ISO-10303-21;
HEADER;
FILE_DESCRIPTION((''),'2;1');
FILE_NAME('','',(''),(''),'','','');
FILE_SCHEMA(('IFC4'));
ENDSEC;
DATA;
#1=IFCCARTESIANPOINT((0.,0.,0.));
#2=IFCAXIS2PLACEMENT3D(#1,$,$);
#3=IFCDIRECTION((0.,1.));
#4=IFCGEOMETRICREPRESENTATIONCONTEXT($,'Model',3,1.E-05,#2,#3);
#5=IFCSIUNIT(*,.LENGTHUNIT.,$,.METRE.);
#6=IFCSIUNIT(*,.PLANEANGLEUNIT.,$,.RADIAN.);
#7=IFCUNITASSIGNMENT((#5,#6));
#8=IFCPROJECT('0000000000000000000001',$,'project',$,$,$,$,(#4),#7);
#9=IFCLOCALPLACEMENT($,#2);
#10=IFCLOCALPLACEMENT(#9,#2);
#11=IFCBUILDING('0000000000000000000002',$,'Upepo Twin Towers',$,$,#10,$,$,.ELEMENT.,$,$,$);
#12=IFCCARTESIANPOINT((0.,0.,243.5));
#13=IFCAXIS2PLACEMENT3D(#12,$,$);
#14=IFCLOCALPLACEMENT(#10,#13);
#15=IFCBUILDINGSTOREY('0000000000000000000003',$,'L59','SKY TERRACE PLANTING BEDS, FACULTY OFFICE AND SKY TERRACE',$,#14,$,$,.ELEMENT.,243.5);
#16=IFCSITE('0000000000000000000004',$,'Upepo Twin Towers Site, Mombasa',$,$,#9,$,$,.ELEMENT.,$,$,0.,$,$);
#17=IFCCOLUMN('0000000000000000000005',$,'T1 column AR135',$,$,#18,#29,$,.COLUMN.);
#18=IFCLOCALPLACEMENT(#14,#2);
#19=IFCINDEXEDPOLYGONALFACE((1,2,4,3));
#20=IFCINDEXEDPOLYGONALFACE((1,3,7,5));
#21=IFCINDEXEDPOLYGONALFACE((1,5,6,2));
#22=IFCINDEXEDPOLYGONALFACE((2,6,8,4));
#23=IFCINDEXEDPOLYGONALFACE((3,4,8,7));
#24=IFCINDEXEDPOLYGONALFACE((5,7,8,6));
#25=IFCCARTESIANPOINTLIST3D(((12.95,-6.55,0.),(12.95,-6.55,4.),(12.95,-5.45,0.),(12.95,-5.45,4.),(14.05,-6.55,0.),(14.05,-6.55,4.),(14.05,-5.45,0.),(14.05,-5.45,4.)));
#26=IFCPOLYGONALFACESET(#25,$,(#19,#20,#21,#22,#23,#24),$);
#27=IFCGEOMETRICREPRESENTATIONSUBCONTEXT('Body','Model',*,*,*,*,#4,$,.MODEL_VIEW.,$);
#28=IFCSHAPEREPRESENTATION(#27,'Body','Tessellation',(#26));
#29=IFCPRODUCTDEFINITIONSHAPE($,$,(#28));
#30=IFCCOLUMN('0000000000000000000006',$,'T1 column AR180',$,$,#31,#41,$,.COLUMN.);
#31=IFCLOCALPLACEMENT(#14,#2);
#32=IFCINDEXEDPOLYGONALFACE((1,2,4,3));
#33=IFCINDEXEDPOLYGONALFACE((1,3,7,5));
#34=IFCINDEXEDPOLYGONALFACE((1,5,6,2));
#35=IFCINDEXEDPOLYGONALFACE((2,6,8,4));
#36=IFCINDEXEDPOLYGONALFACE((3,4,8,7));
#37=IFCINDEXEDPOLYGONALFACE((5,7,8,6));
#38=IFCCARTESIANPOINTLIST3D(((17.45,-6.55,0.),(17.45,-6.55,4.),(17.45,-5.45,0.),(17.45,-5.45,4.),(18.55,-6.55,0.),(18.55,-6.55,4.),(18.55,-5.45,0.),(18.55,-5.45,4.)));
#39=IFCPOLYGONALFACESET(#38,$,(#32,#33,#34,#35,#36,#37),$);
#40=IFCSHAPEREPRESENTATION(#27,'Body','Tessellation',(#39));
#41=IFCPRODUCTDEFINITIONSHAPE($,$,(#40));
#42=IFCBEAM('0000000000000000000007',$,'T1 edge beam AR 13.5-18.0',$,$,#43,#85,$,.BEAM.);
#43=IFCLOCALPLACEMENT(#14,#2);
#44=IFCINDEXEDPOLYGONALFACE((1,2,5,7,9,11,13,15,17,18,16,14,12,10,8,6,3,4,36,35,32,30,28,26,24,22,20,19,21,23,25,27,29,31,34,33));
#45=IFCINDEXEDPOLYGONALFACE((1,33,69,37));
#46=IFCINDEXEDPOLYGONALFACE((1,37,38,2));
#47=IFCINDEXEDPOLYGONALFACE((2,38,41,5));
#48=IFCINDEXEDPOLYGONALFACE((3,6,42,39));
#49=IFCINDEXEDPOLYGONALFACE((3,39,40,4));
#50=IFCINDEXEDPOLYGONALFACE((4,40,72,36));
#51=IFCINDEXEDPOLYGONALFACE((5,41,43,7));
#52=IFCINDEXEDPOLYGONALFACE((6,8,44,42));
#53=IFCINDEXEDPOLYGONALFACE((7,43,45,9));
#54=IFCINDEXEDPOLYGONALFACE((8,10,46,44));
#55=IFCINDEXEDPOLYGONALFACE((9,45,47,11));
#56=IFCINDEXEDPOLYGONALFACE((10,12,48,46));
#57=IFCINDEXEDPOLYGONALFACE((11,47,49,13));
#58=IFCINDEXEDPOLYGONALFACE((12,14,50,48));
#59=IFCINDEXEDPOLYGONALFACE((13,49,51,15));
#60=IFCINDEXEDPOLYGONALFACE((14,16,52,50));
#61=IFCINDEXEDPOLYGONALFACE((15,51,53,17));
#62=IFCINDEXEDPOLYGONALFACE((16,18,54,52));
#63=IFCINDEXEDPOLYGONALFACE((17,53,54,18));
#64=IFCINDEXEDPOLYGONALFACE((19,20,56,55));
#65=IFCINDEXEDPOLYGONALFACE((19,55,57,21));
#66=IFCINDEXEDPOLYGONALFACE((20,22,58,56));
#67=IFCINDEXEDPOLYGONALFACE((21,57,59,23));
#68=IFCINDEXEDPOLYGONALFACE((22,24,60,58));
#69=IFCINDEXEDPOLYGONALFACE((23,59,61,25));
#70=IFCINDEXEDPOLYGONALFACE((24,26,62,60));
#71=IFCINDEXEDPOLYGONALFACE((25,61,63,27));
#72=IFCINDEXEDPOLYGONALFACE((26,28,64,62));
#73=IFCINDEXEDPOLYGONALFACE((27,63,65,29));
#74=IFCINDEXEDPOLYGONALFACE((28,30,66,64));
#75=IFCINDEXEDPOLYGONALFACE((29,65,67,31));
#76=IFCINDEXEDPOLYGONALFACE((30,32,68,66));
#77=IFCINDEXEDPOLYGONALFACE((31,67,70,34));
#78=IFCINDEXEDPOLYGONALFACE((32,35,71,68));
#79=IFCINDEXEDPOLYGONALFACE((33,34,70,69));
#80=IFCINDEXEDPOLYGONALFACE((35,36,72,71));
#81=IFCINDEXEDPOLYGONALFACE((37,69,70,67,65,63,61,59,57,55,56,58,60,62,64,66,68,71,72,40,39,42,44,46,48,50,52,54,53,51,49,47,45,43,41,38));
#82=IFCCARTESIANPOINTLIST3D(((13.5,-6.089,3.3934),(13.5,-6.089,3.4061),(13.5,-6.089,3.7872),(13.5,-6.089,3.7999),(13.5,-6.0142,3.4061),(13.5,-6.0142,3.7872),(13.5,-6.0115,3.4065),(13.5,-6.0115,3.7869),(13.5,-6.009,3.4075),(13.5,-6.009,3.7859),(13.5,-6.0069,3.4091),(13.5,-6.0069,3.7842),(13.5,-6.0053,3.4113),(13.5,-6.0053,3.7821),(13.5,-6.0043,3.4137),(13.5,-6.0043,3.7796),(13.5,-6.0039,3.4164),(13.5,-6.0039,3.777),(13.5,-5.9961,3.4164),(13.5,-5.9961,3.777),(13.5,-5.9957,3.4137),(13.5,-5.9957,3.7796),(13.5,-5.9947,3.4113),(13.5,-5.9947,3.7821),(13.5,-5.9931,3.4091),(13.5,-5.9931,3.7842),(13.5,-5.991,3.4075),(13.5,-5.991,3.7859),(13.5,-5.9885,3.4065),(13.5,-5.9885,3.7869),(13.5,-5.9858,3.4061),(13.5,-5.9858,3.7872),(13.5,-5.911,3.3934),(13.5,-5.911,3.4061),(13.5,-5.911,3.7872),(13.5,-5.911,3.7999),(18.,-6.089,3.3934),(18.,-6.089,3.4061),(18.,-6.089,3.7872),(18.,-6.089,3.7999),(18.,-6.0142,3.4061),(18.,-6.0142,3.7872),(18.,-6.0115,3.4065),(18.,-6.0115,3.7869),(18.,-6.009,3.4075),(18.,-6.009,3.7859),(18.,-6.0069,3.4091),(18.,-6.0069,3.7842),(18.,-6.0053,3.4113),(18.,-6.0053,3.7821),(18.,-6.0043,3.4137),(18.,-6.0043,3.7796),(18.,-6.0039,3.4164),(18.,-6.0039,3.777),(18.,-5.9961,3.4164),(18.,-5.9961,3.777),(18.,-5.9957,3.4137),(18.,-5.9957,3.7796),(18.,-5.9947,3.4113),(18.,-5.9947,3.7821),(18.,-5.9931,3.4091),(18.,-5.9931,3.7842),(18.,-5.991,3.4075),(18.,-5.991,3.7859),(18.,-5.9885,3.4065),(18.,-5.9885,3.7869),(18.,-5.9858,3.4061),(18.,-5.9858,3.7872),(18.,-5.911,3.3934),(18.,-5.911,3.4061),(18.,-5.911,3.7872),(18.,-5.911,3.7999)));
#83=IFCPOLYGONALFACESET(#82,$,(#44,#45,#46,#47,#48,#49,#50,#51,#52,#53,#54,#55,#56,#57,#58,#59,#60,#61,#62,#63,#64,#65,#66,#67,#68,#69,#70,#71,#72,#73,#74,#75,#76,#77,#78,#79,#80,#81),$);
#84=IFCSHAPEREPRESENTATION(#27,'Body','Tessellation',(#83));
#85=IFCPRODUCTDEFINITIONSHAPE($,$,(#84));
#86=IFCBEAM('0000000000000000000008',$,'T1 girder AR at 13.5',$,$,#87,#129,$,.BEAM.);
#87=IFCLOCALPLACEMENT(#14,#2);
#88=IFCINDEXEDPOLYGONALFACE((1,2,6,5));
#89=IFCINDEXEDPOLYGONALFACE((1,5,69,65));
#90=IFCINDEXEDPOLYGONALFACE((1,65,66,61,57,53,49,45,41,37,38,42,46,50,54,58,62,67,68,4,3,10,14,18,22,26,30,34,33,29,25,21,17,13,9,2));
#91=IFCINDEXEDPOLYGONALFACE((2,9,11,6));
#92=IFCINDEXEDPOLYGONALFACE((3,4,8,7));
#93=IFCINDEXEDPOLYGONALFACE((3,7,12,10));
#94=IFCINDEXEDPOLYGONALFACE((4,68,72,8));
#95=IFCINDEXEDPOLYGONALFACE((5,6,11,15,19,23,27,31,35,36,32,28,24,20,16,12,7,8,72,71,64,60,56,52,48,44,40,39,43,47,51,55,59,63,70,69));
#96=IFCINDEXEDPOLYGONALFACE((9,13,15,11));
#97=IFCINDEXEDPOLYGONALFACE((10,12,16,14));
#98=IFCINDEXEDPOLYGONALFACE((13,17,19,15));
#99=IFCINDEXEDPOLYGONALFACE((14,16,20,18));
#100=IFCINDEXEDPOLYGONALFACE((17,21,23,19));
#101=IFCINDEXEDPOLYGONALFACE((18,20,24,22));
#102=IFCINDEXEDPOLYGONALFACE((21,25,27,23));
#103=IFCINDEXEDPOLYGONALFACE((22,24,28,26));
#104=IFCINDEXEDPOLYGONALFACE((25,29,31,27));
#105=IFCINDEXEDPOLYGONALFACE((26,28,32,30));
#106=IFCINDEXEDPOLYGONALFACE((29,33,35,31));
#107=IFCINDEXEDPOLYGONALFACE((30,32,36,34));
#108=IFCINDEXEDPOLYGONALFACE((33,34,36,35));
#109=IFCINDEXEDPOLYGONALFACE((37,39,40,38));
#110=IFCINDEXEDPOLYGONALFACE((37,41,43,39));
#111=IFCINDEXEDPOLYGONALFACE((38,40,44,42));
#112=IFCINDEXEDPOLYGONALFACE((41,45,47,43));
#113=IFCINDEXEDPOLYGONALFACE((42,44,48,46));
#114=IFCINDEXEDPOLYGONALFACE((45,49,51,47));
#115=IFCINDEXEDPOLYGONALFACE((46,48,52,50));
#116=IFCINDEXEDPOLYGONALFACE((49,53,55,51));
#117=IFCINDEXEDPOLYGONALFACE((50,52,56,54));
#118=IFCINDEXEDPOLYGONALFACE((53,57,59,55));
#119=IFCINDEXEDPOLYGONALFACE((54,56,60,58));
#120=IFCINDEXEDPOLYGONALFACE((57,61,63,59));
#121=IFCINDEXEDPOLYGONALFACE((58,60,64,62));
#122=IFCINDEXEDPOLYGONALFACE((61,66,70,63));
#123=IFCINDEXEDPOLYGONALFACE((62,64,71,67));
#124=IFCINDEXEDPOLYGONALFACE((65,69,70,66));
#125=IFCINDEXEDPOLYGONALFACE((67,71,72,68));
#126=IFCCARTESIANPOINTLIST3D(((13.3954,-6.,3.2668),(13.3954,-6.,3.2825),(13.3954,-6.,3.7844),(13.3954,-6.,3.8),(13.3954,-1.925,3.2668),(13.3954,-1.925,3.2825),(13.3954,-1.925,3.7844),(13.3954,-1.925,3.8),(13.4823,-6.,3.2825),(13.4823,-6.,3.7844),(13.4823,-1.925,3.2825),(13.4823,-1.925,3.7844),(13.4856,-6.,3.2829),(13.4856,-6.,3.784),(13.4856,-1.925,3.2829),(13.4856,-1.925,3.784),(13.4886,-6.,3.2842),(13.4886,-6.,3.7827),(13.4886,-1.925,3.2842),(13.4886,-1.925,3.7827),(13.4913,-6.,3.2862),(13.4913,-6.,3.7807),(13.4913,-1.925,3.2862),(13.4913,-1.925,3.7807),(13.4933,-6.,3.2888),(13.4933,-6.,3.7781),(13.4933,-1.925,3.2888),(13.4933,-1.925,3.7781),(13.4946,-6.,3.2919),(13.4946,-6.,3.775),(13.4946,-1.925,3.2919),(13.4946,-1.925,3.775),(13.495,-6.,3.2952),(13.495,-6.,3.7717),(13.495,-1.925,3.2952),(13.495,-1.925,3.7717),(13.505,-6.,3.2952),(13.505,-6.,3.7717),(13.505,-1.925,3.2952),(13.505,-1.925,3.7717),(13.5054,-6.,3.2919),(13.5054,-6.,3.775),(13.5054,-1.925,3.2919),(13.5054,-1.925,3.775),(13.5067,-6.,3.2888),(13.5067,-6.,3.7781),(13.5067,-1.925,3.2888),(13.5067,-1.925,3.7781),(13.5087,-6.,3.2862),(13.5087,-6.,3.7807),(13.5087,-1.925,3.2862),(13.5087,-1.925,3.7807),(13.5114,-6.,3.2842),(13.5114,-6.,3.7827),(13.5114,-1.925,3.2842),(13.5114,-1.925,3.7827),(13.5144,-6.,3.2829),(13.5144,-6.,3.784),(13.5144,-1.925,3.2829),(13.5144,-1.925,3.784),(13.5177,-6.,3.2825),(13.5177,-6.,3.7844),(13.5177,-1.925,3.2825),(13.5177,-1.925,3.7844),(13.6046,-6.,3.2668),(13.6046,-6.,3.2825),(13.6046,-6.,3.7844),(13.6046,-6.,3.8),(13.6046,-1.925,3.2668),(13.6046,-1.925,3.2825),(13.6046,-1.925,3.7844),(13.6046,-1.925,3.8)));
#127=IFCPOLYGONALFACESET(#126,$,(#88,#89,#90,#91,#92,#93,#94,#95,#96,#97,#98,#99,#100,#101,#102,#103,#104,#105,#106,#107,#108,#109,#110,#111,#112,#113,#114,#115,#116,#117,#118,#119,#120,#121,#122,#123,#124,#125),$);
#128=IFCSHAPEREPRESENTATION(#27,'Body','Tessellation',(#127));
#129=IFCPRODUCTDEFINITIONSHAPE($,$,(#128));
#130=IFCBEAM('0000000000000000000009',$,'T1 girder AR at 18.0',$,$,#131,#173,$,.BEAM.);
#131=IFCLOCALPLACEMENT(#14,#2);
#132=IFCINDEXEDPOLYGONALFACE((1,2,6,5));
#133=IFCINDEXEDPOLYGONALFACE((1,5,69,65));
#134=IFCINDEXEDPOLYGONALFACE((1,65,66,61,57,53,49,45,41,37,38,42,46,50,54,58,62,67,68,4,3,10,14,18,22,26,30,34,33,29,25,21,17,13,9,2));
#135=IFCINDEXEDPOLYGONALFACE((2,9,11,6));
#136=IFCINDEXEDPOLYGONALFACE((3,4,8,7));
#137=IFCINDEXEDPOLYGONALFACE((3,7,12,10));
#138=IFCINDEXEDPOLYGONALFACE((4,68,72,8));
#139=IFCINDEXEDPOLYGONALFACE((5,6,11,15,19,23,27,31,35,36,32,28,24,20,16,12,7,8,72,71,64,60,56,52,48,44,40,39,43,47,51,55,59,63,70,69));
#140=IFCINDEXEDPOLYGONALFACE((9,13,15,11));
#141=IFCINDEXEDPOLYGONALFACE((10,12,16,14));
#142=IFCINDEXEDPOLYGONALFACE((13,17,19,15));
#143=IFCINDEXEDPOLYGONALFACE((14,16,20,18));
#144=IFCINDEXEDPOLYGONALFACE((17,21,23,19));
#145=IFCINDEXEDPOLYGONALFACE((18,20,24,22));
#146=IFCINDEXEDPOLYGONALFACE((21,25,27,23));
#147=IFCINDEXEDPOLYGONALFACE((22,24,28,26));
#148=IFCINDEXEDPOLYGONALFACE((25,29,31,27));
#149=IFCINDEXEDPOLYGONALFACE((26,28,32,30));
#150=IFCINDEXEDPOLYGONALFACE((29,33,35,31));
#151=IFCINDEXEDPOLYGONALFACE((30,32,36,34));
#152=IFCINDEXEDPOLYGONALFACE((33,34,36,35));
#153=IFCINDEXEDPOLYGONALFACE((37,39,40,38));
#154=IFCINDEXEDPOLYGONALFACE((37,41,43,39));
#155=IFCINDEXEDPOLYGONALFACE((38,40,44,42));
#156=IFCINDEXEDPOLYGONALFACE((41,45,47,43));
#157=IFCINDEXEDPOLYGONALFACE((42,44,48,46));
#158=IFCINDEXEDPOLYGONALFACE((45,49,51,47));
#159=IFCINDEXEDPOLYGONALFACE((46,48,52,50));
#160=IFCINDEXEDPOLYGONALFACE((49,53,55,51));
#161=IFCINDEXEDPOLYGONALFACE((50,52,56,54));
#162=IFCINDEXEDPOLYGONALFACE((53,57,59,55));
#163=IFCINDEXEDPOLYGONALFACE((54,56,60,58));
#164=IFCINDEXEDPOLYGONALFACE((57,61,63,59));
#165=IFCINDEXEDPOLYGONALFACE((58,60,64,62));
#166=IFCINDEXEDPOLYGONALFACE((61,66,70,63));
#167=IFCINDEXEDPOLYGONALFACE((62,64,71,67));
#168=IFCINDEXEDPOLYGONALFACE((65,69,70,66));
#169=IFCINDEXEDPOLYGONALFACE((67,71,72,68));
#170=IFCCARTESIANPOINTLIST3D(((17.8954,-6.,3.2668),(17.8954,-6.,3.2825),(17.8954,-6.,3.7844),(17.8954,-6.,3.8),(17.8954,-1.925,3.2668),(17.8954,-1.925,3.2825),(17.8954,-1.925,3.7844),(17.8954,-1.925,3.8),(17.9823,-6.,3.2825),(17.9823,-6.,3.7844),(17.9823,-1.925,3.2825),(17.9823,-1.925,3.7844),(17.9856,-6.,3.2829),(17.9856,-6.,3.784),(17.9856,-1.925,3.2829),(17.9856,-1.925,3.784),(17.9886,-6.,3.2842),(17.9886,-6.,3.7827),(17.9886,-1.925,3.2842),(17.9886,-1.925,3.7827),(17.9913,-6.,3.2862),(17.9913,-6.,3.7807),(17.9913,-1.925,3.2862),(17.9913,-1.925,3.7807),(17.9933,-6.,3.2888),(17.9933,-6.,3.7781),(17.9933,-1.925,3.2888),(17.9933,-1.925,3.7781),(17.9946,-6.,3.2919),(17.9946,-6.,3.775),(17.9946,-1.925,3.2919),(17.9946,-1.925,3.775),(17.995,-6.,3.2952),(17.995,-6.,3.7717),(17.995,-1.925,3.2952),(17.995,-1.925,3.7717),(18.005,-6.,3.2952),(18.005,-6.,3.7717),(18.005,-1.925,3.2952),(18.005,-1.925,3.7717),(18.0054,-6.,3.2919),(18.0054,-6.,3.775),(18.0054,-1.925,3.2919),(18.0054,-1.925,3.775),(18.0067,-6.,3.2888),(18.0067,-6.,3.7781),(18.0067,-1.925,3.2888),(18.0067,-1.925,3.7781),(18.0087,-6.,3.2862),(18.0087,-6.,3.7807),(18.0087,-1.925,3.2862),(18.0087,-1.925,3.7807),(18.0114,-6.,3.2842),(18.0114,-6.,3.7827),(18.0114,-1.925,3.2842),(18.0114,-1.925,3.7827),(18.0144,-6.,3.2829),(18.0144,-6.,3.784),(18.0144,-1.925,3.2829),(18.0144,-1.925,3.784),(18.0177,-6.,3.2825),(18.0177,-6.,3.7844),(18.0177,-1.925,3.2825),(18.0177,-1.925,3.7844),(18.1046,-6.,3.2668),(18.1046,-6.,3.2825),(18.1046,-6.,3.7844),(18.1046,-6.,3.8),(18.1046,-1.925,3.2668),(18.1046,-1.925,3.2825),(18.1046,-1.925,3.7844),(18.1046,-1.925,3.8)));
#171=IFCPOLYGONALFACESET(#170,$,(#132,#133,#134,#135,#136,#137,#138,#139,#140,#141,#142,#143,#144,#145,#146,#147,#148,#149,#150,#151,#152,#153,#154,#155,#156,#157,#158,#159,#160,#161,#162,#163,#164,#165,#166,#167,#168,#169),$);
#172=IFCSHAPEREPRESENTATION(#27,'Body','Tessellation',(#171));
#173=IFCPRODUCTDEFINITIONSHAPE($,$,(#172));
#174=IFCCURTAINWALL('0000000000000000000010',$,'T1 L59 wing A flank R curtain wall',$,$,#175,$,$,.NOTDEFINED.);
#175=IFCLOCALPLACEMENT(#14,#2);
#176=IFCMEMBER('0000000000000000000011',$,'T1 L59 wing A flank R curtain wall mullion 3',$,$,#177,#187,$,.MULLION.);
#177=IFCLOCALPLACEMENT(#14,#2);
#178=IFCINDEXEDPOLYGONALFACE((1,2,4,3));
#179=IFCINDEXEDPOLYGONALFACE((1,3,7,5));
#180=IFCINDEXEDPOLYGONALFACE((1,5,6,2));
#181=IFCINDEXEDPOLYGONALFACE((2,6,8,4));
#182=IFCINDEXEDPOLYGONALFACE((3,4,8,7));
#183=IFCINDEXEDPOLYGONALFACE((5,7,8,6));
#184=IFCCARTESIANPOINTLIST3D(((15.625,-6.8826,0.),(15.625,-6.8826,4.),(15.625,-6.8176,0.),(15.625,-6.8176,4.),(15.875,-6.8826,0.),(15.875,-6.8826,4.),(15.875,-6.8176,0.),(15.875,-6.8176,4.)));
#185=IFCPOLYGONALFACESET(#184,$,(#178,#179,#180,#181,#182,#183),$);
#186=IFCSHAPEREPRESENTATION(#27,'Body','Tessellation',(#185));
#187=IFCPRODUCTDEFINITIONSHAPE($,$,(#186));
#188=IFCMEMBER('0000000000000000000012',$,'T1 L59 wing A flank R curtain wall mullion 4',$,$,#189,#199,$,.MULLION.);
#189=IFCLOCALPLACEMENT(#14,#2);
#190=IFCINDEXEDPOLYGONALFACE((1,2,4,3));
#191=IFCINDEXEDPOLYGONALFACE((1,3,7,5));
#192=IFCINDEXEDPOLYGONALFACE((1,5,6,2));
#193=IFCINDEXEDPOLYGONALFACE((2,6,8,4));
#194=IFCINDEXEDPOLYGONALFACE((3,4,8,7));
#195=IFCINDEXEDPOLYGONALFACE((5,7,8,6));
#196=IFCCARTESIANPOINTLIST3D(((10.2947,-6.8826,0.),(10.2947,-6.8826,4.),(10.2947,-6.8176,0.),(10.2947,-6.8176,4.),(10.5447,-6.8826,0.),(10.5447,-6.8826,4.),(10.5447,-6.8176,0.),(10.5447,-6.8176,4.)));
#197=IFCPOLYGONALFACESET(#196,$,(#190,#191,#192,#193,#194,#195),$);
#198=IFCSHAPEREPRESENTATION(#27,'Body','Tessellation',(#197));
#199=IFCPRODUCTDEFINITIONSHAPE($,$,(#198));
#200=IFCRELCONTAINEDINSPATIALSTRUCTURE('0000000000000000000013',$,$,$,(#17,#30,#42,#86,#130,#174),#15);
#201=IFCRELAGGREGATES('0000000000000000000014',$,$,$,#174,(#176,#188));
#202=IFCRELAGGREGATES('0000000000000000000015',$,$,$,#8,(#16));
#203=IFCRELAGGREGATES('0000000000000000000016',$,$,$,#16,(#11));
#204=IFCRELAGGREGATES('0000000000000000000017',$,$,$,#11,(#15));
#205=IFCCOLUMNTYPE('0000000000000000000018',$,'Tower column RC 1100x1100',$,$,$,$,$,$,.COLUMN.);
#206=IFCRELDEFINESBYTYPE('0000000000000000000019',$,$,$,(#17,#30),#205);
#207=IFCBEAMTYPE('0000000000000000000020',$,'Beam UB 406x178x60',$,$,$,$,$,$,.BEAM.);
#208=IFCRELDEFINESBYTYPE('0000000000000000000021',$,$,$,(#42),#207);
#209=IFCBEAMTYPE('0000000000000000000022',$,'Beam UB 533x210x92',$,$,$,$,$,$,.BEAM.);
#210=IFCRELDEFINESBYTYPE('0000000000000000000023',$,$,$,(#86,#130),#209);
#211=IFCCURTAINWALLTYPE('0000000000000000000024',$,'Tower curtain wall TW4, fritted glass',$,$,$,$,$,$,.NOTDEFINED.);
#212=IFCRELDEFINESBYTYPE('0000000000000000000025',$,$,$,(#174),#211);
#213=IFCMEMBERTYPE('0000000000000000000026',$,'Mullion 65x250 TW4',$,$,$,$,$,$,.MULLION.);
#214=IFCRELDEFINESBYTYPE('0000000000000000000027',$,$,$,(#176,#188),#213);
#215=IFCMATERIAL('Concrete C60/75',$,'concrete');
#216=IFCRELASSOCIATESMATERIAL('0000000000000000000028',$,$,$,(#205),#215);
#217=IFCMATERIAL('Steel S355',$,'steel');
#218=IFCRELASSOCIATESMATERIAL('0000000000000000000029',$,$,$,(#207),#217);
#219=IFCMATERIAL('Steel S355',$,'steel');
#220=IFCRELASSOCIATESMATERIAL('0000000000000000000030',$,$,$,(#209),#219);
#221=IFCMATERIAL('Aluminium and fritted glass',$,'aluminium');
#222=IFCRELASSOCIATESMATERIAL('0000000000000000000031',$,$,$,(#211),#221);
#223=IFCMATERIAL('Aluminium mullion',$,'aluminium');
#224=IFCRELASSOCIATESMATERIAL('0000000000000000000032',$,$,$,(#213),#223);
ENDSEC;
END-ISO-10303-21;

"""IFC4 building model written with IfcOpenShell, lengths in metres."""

from ifc_helpers import new_model, si_unit, direction, frame, origin, origin_2d, place, context, subcontext, project, spatial, rectangle, i_section, extrude, material, material_profile, profile_set, type_object, element, aggregate, save


model = new_model("IFC4")

# Units and contexts
model_context = context("Model", 3, precision=1e-05, world=origin(), true_north=direction((0.0, 1.0)))
body_context = subcontext(model_context, "Body", "Model", "MODEL_VIEW")
ifc_project = project(units=[si_unit("LENGTHUNIT", "METRE"), si_unit("PLANEANGLEUNIT", "RADIAN")], contexts=[model_context])

# Site, building, storey
site_placement = place(None, origin())
site = spatial("IfcSite", under=ifc_project, at=site_placement, Name="Upepo Twin Towers Site, Mombasa", CompositionType="ELEMENT", RefElevation=0.0)
building_placement = place(site_placement, origin())
building = spatial("IfcBuilding", under=site, at=building_placement, Name="Upepo Twin Towers", CompositionType="ELEMENT")
storey_placement = place(building_placement, frame((0.0, 0.0, 243.5)))
storey = spatial("IfcBuildingStorey", under=building, at=storey_placement, Name="L59", Description="SKY TERRACE PLANTING BEDS, FACULTY OFFICE AND SKY TERRACE", CompositionType="ELEMENT", Elevation=243.5)

# Columns
ifc_material_1 = material(Name="Concrete C60/75", Category="concrete")
ifc_material_profile_1 = material_profile(ifc_material_1, rectangle(XDim=1.1001, YDim=1.1001, at=origin_2d()), Name="RC 1100x1100")
ifc_profile_set_1 = profile_set([ifc_material_profile_1], Name="Concrete C60/75")
column_type = type_object("IfcColumnType", Name="Tower column RC 1100x1100", PredefinedType="COLUMN", material=ifc_profile_set_1)
for number, where, z_axis, x_axis, name in (
    (1, (13.5, -6.0, 0.0), (0.0, 0.0, 1.0), (1.0, 0.0, 0.0), "T1 column AR135"),
    (2, (18.0, -6.0, 0.0), (0.0, 0.0, 1.0), (1.0, 0.0, 0.0), "T1 column AR180"),
):
    element("IfcColumn", number, at=place(storey_placement, frame(where, z_axis=z_axis, x_axis=x_axis)), inside=storey, type_object=column_type, Name=name, PredefinedType="COLUMN", context=body_context, shape_type="SweptSolid", body=[
        extrude(rectangle(XDim=1.1001, YDim=1.1001, at=origin_2d()), origin(), (0.0, 0.0, 1.0), 4.0),
    ])

# Beams
ifc_material_2 = material(Name="Steel S355", Category="steel")
ifc_material_profile_2 = material_profile(ifc_material_2, i_section(OverallWidth=0.178, OverallDepth=0.4065, WebThickness=0.0078, FlangeThickness=0.0127, FilletRadius=0.0103, at=origin_2d()), Name="UB 406x178x60")
ifc_profile_set_2 = profile_set([ifc_material_profile_2], Name="Steel S355")
beam_type_1 = type_object("IfcBeamType", Name="Beam UB 406x178x60", PredefinedType="BEAM", material=ifc_profile_set_2)
beam_placement = place(storey_placement, frame((13.5, -6.0, 3.5967), z_axis=(1.0, 0.0, 0.0), x_axis=(0.0, 1.0, 0.0)))
element("IfcBeam", 3, at=beam_placement, inside=storey, type_object=beam_type_1, Name="T1 edge beam AR 13.5-18.0", PredefinedType="BEAM", context=body_context, shape_type="SweptSolid", body=[
    extrude(i_section(OverallWidth=0.178, OverallDepth=0.4065, WebThickness=0.0078, FlangeThickness=0.0127, FilletRadius=0.0103, at=origin_2d()), origin(), (0.0, 0.0, 1.0), 4.5),
])
ifc_material_3 = material(Name="Steel S355", Category="steel")
ifc_material_profile_3 = material_profile(ifc_material_3, i_section(OverallWidth=0.2092, OverallDepth=0.5332, WebThickness=0.01, FlangeThickness=0.0156, FilletRadius=0.0127, at=origin_2d()), Name="UB 533x210x92")
ifc_profile_set_3 = profile_set([ifc_material_profile_3], Name="Steel S355")
beam_type_2 = type_object("IfcBeamType", Name="Beam UB 533x210x92", PredefinedType="BEAM", material=ifc_profile_set_3)
for number, where, z_axis, x_axis, name in (
    (4, (13.5, -6.0, 3.5334), (0.0, 1.0, 0.0), (-1.0, 0.0, 0.0), "T1 girder AR at 13.5"),
    (5, (18.0, -6.0, 3.5334), (0.0, 1.0, 0.0), (-1.0, 0.0, 0.0), "T1 girder AR at 18.0"),
):
    element("IfcBeam", number, at=place(storey_placement, frame(where, z_axis=z_axis, x_axis=x_axis)), inside=storey, type_object=beam_type_2, Name=name, PredefinedType="BEAM", context=body_context, shape_type="SweptSolid", body=[
        extrude(i_section(OverallWidth=0.2092, OverallDepth=0.5332, WebThickness=0.01, FlangeThickness=0.0156, FilletRadius=0.0127, at=origin_2d()), origin(), (0.0, 0.0, 1.0), 4.075),
    ])

# Curtain wall, members
ifc_material_4 = material(Name="Aluminium and fritted glass", Category="aluminium")
curtain_wall_type = type_object("IfcCurtainWallType", Name="Tower curtain wall TW4, fritted glass", PredefinedType="NOTDEFINED", material=ifc_material_4)
curtain_wall_placement = place(storey_placement, origin())
curtain_wall = element("IfcCurtainWall", 6, at=curtain_wall_placement, inside=storey, type_object=curtain_wall_type, Name="T1 L59 wing A flank R curtain wall", PredefinedType="NOTDEFINED")
ifc_material_5 = material(Name="Aluminium mullion", Category="aluminium")
ifc_material_profile_4 = material_profile(ifc_material_5, rectangle(XDim=0.0649, YDim=0.25, at=origin_2d()), Name="MULLION 65x250")
ifc_profile_set_4 = profile_set([ifc_material_profile_4], Name="Aluminium mullion")
member_type_1 = type_object("IfcMemberType", Name="Mullion 65x250 TW4", PredefinedType="MULLION", material=ifc_profile_set_4)
member_1_placement = place(storey_placement, frame((15.75, -6.8501, 0.0), z_axis=(0.0, 0.0, 1.0), x_axis=(0.0, -1.0, 0.0)))
member_1 = element("IfcMember", 7, at=member_1_placement, type_object=member_type_1, Name="T1 L59 wing A flank R curtain wall mullion 3", PredefinedType="MULLION", context=body_context, shape_type="SweptSolid", body=[
    extrude(rectangle(XDim=0.0649, YDim=0.25, at=origin_2d()), origin(), (0.0, 0.0, 1.0), 4.0),
])
member_2_placement = place(storey_placement, frame((10.4197, -6.8501, 0.0), z_axis=(0.0, 0.0, 1.0), x_axis=(0.0, -1.0, 0.0)))
member_2 = element("IfcMember", 8, at=member_2_placement, type_object=member_type_1, Name="T1 L59 wing A flank R curtain wall mullion 4", PredefinedType="MULLION", context=body_context, shape_type="SweptSolid", body=[
    extrude(rectangle(XDim=0.0649, YDim=0.25, at=origin_2d()), origin(), (0.0, 0.0, 1.0), 4.0),
])
aggregate(curtain_wall, [member_1, member_2])

save(model, "model.ifc")
